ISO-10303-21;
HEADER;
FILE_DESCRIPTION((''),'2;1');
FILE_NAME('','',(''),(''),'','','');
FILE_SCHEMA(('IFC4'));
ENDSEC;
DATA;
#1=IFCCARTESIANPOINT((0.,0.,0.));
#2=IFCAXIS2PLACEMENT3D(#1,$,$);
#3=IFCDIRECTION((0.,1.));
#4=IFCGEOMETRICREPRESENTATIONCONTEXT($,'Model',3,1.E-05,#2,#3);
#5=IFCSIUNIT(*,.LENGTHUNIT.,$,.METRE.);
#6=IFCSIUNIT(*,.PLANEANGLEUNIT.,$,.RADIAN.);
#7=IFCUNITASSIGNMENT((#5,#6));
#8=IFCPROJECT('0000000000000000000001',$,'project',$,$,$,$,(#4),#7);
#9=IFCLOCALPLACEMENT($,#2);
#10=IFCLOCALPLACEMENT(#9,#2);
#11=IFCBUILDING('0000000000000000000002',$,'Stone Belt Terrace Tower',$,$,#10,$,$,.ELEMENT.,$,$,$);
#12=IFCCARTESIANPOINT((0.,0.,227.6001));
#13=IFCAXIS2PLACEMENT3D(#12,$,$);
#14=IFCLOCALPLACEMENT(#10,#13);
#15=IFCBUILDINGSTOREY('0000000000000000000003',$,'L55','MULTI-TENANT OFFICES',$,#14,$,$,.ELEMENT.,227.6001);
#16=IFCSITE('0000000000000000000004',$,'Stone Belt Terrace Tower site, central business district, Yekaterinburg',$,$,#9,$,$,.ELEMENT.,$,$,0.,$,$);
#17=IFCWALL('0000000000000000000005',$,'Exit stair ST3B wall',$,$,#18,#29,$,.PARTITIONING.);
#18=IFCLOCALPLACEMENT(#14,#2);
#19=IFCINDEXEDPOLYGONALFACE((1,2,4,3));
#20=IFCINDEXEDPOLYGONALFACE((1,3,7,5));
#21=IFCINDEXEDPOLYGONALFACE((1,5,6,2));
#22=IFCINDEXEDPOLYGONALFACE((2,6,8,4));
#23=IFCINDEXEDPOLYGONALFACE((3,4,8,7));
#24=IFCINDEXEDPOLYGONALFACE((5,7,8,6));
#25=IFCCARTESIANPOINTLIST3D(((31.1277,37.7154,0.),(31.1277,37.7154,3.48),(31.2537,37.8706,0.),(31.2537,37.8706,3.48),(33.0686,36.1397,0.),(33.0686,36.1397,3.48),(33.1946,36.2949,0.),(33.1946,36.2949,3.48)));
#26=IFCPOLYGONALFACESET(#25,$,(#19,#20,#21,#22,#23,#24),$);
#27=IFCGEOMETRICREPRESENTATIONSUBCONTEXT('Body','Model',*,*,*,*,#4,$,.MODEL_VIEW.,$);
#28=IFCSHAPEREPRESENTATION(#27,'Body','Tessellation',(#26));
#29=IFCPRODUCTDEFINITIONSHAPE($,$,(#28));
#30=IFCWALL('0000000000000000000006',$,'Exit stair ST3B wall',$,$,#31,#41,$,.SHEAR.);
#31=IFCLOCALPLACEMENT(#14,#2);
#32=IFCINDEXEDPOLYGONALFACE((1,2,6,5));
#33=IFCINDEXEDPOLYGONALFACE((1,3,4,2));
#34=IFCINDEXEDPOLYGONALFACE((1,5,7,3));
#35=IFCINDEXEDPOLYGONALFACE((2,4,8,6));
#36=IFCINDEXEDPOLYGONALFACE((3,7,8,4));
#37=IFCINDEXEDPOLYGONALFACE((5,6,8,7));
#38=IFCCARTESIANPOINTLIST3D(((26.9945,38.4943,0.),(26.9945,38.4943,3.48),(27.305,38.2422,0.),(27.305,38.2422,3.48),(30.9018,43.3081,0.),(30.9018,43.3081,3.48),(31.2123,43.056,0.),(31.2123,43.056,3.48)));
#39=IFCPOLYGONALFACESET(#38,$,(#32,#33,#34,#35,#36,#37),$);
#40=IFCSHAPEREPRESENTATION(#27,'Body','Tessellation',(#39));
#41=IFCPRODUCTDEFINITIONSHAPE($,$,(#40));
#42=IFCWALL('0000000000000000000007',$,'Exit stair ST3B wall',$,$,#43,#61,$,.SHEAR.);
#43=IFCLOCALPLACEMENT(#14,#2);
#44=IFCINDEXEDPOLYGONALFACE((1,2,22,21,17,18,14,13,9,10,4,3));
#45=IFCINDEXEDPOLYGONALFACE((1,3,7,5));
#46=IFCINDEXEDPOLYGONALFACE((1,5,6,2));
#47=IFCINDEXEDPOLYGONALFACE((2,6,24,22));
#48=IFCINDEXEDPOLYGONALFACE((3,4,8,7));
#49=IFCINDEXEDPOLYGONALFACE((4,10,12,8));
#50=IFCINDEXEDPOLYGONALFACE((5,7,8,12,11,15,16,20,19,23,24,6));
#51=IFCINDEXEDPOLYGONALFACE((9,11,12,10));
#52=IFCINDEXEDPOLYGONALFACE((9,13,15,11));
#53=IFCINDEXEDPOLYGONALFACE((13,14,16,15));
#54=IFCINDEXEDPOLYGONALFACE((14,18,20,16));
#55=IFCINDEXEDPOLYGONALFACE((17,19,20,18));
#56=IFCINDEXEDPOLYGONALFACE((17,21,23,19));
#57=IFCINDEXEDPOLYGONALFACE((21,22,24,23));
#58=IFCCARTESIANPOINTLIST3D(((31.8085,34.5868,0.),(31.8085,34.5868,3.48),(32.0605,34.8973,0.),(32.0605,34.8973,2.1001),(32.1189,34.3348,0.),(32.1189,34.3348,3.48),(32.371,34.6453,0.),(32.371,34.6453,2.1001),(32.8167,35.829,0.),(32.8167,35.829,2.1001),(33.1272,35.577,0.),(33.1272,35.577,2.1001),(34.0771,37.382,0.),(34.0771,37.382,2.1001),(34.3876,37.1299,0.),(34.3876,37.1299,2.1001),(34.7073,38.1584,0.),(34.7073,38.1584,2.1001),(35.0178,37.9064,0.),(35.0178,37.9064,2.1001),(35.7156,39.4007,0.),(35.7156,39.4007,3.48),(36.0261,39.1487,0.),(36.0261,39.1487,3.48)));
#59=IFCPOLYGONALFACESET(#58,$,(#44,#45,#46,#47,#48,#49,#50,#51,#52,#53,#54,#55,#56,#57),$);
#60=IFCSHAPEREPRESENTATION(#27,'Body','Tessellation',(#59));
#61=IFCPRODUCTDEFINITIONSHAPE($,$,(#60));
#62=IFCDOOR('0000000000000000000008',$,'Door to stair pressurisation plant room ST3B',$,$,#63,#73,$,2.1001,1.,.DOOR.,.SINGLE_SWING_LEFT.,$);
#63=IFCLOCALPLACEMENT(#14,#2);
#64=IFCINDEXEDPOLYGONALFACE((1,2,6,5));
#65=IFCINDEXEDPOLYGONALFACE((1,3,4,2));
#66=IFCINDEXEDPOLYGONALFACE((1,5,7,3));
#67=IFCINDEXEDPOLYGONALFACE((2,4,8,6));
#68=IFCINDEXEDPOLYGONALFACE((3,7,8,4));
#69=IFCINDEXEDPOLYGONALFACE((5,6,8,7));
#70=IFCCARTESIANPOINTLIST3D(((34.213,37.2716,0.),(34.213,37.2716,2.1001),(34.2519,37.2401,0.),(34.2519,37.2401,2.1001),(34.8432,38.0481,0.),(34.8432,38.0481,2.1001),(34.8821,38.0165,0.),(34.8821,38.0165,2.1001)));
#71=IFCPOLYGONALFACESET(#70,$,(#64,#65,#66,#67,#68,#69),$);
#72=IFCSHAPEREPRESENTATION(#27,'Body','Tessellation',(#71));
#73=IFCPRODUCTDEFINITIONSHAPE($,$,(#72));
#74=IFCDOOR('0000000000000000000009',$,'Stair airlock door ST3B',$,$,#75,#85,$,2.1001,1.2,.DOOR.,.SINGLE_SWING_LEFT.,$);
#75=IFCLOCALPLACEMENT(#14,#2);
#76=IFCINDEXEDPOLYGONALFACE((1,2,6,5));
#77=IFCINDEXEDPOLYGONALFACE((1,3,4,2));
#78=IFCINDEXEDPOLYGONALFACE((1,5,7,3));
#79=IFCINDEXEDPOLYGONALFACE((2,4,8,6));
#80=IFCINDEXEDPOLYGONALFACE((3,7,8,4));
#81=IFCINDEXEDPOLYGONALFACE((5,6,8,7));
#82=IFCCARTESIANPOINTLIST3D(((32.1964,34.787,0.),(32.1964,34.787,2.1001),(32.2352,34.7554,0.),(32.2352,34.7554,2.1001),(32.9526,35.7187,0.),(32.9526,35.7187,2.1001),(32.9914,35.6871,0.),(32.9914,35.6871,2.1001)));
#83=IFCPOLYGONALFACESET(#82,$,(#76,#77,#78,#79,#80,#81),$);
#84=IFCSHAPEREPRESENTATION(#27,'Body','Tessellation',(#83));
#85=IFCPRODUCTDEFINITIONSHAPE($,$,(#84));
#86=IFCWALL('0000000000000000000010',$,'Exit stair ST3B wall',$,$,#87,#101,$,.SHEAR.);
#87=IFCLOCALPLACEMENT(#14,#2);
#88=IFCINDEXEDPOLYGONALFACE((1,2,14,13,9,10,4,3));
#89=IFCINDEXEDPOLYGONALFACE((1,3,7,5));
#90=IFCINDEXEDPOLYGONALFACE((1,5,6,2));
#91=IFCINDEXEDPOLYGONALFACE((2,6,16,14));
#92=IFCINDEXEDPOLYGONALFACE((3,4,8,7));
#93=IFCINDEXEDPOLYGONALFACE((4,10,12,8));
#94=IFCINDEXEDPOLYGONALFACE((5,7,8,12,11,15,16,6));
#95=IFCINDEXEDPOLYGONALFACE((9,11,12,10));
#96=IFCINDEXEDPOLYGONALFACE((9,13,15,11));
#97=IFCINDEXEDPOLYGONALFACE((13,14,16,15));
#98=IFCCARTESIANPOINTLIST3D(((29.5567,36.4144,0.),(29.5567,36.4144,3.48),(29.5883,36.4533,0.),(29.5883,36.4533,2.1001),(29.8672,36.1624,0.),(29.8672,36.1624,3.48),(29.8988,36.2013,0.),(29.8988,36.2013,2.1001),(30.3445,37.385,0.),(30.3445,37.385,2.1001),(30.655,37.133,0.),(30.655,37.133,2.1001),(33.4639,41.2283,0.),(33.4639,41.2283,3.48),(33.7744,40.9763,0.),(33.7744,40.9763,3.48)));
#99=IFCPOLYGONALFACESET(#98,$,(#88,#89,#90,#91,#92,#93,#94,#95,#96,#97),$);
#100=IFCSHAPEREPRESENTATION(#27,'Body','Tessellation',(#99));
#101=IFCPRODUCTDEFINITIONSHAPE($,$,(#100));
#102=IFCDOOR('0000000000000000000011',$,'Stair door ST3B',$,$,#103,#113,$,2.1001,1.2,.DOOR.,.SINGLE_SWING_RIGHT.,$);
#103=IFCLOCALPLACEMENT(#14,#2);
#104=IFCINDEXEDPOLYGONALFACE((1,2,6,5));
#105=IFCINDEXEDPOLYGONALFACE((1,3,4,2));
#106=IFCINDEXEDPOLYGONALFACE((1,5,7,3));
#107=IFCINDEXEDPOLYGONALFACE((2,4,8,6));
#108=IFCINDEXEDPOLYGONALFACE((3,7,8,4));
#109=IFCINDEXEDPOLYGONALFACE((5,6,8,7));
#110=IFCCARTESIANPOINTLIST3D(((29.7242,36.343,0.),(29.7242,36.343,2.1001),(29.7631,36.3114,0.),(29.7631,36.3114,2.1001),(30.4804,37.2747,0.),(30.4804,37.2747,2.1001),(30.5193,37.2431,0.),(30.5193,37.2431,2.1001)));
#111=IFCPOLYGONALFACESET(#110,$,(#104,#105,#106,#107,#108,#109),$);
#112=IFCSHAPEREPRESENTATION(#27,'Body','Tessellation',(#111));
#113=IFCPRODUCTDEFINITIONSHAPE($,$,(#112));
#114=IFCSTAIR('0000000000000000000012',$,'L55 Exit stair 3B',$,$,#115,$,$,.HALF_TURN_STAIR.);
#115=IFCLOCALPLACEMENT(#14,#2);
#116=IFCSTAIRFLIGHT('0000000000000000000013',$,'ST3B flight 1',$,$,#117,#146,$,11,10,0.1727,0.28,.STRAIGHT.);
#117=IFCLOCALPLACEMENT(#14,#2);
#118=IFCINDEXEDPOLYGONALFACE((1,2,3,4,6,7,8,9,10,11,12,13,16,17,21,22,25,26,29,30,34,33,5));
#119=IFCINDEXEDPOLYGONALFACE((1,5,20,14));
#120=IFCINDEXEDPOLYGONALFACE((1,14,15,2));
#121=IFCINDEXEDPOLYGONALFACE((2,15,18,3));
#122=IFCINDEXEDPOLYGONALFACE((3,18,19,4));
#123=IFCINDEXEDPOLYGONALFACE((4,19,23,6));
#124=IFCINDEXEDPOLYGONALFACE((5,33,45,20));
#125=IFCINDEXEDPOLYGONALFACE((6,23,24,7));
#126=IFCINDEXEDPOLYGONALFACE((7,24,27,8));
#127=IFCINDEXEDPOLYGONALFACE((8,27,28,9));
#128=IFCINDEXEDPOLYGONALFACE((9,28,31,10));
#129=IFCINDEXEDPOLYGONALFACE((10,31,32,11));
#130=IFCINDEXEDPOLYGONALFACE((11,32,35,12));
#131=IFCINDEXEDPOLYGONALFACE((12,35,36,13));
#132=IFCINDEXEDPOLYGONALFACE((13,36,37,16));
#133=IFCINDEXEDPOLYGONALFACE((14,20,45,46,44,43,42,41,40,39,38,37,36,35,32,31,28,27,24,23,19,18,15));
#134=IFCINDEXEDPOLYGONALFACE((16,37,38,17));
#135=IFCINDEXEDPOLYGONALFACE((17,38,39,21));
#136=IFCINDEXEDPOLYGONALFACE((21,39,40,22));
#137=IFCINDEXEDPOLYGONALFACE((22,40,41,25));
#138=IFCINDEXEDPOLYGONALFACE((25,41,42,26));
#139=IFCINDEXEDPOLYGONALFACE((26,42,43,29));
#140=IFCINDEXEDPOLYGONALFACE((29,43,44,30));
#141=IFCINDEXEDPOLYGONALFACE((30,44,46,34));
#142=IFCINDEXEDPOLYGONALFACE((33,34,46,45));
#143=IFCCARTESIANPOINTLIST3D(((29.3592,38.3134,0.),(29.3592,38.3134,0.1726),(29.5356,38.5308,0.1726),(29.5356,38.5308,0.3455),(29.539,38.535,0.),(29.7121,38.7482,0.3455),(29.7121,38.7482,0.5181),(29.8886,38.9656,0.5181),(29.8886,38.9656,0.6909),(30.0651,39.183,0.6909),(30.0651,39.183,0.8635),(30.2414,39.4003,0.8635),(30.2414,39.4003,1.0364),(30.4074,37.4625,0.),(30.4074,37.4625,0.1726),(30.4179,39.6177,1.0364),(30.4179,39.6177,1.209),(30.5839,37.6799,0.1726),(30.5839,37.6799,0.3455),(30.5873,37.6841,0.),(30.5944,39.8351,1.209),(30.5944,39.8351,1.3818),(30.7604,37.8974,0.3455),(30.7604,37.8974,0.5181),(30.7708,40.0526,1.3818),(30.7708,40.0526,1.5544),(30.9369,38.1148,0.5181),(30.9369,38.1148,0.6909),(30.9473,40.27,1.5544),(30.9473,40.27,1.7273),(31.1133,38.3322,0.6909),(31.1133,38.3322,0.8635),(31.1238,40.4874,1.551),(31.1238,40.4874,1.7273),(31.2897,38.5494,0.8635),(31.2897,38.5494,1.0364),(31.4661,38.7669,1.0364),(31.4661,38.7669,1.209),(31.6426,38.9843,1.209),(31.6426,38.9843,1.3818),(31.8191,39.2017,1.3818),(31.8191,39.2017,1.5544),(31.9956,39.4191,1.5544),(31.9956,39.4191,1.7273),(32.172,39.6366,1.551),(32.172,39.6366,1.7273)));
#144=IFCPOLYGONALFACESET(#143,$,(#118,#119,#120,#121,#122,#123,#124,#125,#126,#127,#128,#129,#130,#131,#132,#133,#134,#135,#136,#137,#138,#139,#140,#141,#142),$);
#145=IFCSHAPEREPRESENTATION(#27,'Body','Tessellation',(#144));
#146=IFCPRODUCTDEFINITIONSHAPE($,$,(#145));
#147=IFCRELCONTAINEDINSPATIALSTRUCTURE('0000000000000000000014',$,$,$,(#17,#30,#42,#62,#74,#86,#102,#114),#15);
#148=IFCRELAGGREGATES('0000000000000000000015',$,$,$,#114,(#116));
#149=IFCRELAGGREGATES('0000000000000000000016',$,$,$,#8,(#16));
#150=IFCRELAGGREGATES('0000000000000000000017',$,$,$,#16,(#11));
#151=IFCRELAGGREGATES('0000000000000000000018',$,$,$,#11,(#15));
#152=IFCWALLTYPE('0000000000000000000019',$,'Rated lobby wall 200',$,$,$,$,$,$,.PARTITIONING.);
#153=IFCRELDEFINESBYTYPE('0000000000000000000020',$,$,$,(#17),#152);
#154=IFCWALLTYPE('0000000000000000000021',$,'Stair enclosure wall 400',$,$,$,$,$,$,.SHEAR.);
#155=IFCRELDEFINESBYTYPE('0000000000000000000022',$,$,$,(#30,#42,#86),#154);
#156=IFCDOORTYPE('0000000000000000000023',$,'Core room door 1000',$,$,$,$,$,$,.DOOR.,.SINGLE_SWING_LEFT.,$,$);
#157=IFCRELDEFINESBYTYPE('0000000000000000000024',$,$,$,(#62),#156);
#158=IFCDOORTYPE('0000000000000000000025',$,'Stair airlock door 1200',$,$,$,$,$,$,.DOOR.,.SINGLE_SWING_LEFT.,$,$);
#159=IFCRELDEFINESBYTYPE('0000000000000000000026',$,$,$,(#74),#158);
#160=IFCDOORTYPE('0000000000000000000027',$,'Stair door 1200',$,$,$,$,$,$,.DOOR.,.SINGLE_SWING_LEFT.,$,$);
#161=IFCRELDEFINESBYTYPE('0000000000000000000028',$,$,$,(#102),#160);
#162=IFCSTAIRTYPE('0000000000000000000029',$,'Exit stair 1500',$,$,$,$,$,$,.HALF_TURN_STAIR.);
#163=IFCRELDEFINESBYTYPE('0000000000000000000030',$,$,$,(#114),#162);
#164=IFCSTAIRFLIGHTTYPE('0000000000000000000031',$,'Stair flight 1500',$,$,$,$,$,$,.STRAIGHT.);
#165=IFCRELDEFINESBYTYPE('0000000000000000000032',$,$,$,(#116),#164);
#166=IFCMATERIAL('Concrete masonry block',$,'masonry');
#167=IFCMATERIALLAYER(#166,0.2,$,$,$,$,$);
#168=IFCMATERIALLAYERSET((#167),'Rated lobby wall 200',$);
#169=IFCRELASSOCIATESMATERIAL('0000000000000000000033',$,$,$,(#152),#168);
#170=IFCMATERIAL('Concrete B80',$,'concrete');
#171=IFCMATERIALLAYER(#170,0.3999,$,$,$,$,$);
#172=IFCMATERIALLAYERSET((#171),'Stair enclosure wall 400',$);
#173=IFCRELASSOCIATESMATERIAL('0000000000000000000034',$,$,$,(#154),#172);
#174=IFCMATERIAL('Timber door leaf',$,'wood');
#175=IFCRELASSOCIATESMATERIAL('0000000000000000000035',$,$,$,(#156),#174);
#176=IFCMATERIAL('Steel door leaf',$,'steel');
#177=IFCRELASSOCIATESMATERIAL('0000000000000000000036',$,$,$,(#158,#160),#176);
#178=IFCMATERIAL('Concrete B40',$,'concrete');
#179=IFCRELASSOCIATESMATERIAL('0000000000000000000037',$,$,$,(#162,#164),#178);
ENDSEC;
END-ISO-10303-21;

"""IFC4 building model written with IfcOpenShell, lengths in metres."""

from ifc_helpers import new_model, si_unit, direction, frame, frame_2d, origin, place, context, subcontext, project, spatial, polyline, rectangle, outline, extrude, material, layer, layer_set, type_object, element, fill, aggregate, save


model = new_model("IFC4")

# Units and contexts
model_context = context("Model", 3, precision=1e-05, world=origin(), true_north=direction((0.0, 1.0)))
body_context = subcontext(model_context, "Body", "Model", "MODEL_VIEW")
ifc_project = project(units=[si_unit("LENGTHUNIT", "METRE"), si_unit("PLANEANGLEUNIT", "RADIAN")], contexts=[model_context])

# Site, building, storey
site_placement = place(None, origin())
site = spatial("IfcSite", under=ifc_project, at=site_placement, Name="Stone Belt Terrace Tower site, central business district, Yekaterinburg", CompositionType="ELEMENT", RefElevation=0.0)
building_placement = place(site_placement, origin())
building = spatial("IfcBuilding", under=site, at=building_placement, Name="Stone Belt Terrace Tower", CompositionType="ELEMENT")
storey_placement = place(building_placement, frame((0.0, 0.0, 227.6001)))
storey = spatial("IfcBuildingStorey", under=building, at=storey_placement, Name="L55", Description="MULTI-TENANT OFFICES", CompositionType="ELEMENT", Elevation=227.6001)

# Walls
ifc_material_1 = material(Name="Concrete masonry block", Category="masonry")
ifc_layer_1 = layer(ifc_material_1, 0.2)
ifc_layer_set_1 = layer_set([ifc_layer_1], Name="Rated lobby wall 200")
wall_type_1 = type_object("IfcWallType", Name="Rated lobby wall 200", PredefinedType="PARTITIONING", material=ifc_layer_set_1)
wall_1_placement = place(storey_placement, frame((31.1907, 37.793, 0.0), z_axis=(0.0, 0.0, 1.0), x_axis=(0.776371, -0.630276, 0.0)))
element("IfcWall", 1, at=wall_1_placement, inside=storey, type_object=wall_type_1, Name="Exit stair ST3B wall", PredefinedType="PARTITIONING", context=body_context, shape_type="SweptSolid", body=[
    extrude(rectangle(XDim=2.5, YDim=0.2, at=frame_2d((1.25, 0.0))), origin(), (0.0, 0.0, 1.0), 3.48),
])
ifc_material_2 = material(Name="Concrete B80", Category="concrete")
ifc_layer_2 = layer(ifc_material_2, 0.3999)
ifc_layer_set_2 = layer_set([ifc_layer_2], Name="Stair enclosure wall 400")
wall_type_2 = type_object("IfcWallType", Name="Stair enclosure wall 400", PredefinedType="SHEAR", material=ifc_layer_set_2)
wall_2_placement = place(storey_placement, frame((27.1497, 38.3682, 0.0), z_axis=(0.0, 0.0, 1.0), x_axis=(0.630212, 0.776423, 0.0)))
element("IfcWall", 2, at=wall_2_placement, inside=storey, type_object=wall_type_2, Name="Exit stair ST3B wall", PredefinedType="SHEAR", context=body_context, shape_type="SweptSolid", body=[
    extrude(rectangle(XDim=6.2, YDim=0.3999, at=frame_2d((3.1001, 0.0))), origin(), (0.0, 0.0, 1.0), 3.48),
])

# Wall, openings, doors
wall_3_placement = place(storey_placement, frame((31.9636, 34.4607, 0.0), z_axis=(0.0, 0.0, 1.0), x_axis=(0.630192, 0.776439, 0.0)))
wall_3 = element("IfcWall", 3, at=wall_3_placement, inside=storey, type_object=wall_type_2, Name="Exit stair ST3B wall", PredefinedType="SHEAR", context=body_context, shape_type="SweptSolid", body=[
    extrude(rectangle(XDim=6.2, YDim=0.3999, at=frame_2d((3.1001, 0.0))), origin(), (0.0, 0.0, 1.0), 3.48),
])
opening_1_placement = place(wall_3_placement, frame((0.3999, 0.0, 0.0)))
opening_1 = element("IfcOpeningElement", 4, at=opening_1_placement, cuts=wall_3, PredefinedType="OPENING", context=body_context, shape_type="SweptSolid", body=[
    extrude(rectangle(XDim=1.2, YDim=2.1001, at=frame_2d((0.6001, 1.05))), frame((0.0, 0.21, 0.0), z_axis=(0.0, -1.0, 0.0), x_axis=(1.0, 0.0, 0.0)), (0.0, 0.0, 1.0), 0.4199),
])
opening_2_placement = place(wall_3_placement, frame((3.6001, 0.0, 0.0)))
opening_2 = element("IfcOpeningElement", 5, at=opening_2_placement, cuts=wall_3, PredefinedType="OPENING", context=body_context, shape_type="SweptSolid", body=[
    extrude(rectangle(XDim=1.0, YDim=2.1001, at=frame_2d((0.5, 1.05))), frame((0.0, 0.21, 0.0), z_axis=(0.0, -1.0, 0.0), x_axis=(1.0, 0.0, 0.0)), (0.0, 0.0, 1.0), 0.4199),
])
ifc_material_3 = material(Name="Timber door leaf", Category="wood")
door_type_1 = type_object("IfcDoorType", Name="Core room door 1000", OperationType="SINGLE_SWING_LEFT", PredefinedType="DOOR", material=ifc_material_3)
door_1_placement = place(opening_2_placement, origin())
door_1 = element("IfcDoor", 6, at=door_1_placement, inside=storey, type_object=door_type_1, Name="Door to stair pressurisation plant room ST3B", OperationType="SINGLE_SWING_LEFT", OverallHeight=2.1001, OverallWidth=1.0, PredefinedType="DOOR", context=body_context, shape_type="SweptSolid", body=[
    extrude(rectangle(XDim=1.0, YDim=2.1001, at=frame_2d((0.5, 1.05))), frame((0.0, 0.0249, 0.0), z_axis=(0.0, -1.0, 0.0), x_axis=(1.0, 0.0, 0.0)), (0.0, 0.0, 1.0), 0.05),
])
fill(opening_2, door_1)
ifc_material_4 = material(Name="Steel door leaf", Category="steel")
door_type_2 = type_object("IfcDoorType", Name="Stair airlock door 1200", OperationType="SINGLE_SWING_LEFT", PredefinedType="DOOR", material=ifc_material_4)
door_2_placement = place(opening_1_placement, origin())
door_2 = element("IfcDoor", 7, at=door_2_placement, inside=storey, type_object=door_type_2, Name="Stair airlock door ST3B", OperationType="SINGLE_SWING_LEFT", OverallHeight=2.1001, OverallWidth=1.2, PredefinedType="DOOR", context=body_context, shape_type="SweptSolid", body=[
    extrude(rectangle(XDim=1.2, YDim=2.1001, at=frame_2d((0.6001, 1.05))), frame((0.0, 0.0249, 0.0), z_axis=(0.0, -1.0, 0.0), x_axis=(1.0, 0.0, 0.0)), (0.0, 0.0, 1.0), 0.05),
])
fill(opening_1, door_2)

# Wall, opening, door
wall_4_placement = place(storey_placement, frame((29.7119, 36.2883, 0.0), z_axis=(0.0, 0.0, 1.0), x_axis=(0.630192, 0.776439, 0.0)))
wall_4 = element("IfcWall", 8, at=wall_4_placement, inside=storey, type_object=wall_type_2, Name="Exit stair ST3B wall", PredefinedType="SHEAR", context=body_context, shape_type="SweptSolid", body=[
    extrude(rectangle(XDim=6.2, YDim=0.3999, at=frame_2d((3.1001, 0.0))), origin(), (0.0, 0.0, 1.0), 3.48),
])
opening_3_placement = place(wall_4_placement, frame((0.05, 0.0, 0.0)))
opening_3 = element("IfcOpeningElement", 9, at=opening_3_placement, cuts=wall_4, PredefinedType="OPENING", context=body_context, shape_type="SweptSolid", body=[
    extrude(rectangle(XDim=1.2, YDim=2.1001, at=frame_2d((0.6001, 1.05))), frame((0.0, 0.21, 0.0), z_axis=(0.0, -1.0, 0.0), x_axis=(1.0, 0.0, 0.0)), (0.0, 0.0, 1.0), 0.4199),
])
door_type_3 = type_object("IfcDoorType", Name="Stair door 1200", OperationType="SINGLE_SWING_LEFT", PredefinedType="DOOR", material=ifc_material_4)
door_3_placement = place(opening_3_placement, origin())
door_3 = element("IfcDoor", 10, at=door_3_placement, inside=storey, type_object=door_type_3, Name="Stair door ST3B", OperationType="SINGLE_SWING_RIGHT", OverallHeight=2.1001, OverallWidth=1.2, PredefinedType="DOOR", context=body_context, shape_type="SweptSolid", body=[
    extrude(rectangle(XDim=1.2, YDim=2.1001, at=frame_2d((0.6001, 1.05))), frame((0.0, 0.0249, 0.0), z_axis=(0.0, -1.0, 0.0), x_axis=(1.0, 0.0, 0.0)), (0.0, 0.0, 1.0), 0.05),
])
fill(opening_3, door_3)

# Stair, stair flight
ifc_material_5 = material(Name="Concrete B40", Category="concrete")
stair_type = type_object("IfcStairType", Name="Exit stair 1500", PredefinedType="HALF_TURN_STAIR", material=ifc_material_5)
stair_placement = place(storey_placement, origin())
stair = element("IfcStair", 11, at=stair_placement, inside=storey, type_object=stair_type, Name="L55 Exit stair 3B", PredefinedType="HALF_TURN_STAIR")
stair_flight_type = type_object("IfcStairFlightType", Name="Stair flight 1500", PredefinedType="STRAIGHT", material=ifc_material_5)
stair_flight_placement = place(storey_placement, frame((29.8833, 37.8879, 0.0), z_axis=(0.0, 0.0, 1.0), x_axis=(0.630206, 0.776428, 0.0)))
stair_flight = element("IfcStairFlight", 12, at=stair_flight_placement, type_object=stair_flight_type, Name="ST3B flight 1", NumberOfRisers=11, NumberOfTreads=10, PredefinedType="STRAIGHT", RiserHeight=0.1727, TreadLength=0.28, context=body_context, shape_type="SweptSolid", body=[
    extrude(outline(polyline([(0.0, 0.0), (0.0, 0.1726), (0.28, 0.1726), (0.28, 0.3455), (0.5601, 0.3455), (0.5601, 0.5181), (0.8401, 0.5181), (0.8401, 0.6909), (1.1201, 0.6909), (1.1201, 0.8635), (1.3999, 0.8635), (1.3999, 1.0364), (1.6799, 1.0364), (1.6799, 1.209), (1.96, 1.209), (1.96, 1.3818), (2.24, 1.3818), (2.24, 1.5544), (2.52, 1.5544), (2.52, 1.7273), (2.8, 1.7273), (2.8, 1.8999), (2.8, 1.551), (0.2854, 0.0), (0.0, 0.0)])), frame((0.0, 0.675, 0.0), z_axis=(0.0, -1.0, 0.0), x_axis=(1.0, 0.0, 0.0)), (0.0, 0.0, 1.0), 1.3501),
])
aggregate(stair, [stair_flight])

save(model, "model.ifc")
